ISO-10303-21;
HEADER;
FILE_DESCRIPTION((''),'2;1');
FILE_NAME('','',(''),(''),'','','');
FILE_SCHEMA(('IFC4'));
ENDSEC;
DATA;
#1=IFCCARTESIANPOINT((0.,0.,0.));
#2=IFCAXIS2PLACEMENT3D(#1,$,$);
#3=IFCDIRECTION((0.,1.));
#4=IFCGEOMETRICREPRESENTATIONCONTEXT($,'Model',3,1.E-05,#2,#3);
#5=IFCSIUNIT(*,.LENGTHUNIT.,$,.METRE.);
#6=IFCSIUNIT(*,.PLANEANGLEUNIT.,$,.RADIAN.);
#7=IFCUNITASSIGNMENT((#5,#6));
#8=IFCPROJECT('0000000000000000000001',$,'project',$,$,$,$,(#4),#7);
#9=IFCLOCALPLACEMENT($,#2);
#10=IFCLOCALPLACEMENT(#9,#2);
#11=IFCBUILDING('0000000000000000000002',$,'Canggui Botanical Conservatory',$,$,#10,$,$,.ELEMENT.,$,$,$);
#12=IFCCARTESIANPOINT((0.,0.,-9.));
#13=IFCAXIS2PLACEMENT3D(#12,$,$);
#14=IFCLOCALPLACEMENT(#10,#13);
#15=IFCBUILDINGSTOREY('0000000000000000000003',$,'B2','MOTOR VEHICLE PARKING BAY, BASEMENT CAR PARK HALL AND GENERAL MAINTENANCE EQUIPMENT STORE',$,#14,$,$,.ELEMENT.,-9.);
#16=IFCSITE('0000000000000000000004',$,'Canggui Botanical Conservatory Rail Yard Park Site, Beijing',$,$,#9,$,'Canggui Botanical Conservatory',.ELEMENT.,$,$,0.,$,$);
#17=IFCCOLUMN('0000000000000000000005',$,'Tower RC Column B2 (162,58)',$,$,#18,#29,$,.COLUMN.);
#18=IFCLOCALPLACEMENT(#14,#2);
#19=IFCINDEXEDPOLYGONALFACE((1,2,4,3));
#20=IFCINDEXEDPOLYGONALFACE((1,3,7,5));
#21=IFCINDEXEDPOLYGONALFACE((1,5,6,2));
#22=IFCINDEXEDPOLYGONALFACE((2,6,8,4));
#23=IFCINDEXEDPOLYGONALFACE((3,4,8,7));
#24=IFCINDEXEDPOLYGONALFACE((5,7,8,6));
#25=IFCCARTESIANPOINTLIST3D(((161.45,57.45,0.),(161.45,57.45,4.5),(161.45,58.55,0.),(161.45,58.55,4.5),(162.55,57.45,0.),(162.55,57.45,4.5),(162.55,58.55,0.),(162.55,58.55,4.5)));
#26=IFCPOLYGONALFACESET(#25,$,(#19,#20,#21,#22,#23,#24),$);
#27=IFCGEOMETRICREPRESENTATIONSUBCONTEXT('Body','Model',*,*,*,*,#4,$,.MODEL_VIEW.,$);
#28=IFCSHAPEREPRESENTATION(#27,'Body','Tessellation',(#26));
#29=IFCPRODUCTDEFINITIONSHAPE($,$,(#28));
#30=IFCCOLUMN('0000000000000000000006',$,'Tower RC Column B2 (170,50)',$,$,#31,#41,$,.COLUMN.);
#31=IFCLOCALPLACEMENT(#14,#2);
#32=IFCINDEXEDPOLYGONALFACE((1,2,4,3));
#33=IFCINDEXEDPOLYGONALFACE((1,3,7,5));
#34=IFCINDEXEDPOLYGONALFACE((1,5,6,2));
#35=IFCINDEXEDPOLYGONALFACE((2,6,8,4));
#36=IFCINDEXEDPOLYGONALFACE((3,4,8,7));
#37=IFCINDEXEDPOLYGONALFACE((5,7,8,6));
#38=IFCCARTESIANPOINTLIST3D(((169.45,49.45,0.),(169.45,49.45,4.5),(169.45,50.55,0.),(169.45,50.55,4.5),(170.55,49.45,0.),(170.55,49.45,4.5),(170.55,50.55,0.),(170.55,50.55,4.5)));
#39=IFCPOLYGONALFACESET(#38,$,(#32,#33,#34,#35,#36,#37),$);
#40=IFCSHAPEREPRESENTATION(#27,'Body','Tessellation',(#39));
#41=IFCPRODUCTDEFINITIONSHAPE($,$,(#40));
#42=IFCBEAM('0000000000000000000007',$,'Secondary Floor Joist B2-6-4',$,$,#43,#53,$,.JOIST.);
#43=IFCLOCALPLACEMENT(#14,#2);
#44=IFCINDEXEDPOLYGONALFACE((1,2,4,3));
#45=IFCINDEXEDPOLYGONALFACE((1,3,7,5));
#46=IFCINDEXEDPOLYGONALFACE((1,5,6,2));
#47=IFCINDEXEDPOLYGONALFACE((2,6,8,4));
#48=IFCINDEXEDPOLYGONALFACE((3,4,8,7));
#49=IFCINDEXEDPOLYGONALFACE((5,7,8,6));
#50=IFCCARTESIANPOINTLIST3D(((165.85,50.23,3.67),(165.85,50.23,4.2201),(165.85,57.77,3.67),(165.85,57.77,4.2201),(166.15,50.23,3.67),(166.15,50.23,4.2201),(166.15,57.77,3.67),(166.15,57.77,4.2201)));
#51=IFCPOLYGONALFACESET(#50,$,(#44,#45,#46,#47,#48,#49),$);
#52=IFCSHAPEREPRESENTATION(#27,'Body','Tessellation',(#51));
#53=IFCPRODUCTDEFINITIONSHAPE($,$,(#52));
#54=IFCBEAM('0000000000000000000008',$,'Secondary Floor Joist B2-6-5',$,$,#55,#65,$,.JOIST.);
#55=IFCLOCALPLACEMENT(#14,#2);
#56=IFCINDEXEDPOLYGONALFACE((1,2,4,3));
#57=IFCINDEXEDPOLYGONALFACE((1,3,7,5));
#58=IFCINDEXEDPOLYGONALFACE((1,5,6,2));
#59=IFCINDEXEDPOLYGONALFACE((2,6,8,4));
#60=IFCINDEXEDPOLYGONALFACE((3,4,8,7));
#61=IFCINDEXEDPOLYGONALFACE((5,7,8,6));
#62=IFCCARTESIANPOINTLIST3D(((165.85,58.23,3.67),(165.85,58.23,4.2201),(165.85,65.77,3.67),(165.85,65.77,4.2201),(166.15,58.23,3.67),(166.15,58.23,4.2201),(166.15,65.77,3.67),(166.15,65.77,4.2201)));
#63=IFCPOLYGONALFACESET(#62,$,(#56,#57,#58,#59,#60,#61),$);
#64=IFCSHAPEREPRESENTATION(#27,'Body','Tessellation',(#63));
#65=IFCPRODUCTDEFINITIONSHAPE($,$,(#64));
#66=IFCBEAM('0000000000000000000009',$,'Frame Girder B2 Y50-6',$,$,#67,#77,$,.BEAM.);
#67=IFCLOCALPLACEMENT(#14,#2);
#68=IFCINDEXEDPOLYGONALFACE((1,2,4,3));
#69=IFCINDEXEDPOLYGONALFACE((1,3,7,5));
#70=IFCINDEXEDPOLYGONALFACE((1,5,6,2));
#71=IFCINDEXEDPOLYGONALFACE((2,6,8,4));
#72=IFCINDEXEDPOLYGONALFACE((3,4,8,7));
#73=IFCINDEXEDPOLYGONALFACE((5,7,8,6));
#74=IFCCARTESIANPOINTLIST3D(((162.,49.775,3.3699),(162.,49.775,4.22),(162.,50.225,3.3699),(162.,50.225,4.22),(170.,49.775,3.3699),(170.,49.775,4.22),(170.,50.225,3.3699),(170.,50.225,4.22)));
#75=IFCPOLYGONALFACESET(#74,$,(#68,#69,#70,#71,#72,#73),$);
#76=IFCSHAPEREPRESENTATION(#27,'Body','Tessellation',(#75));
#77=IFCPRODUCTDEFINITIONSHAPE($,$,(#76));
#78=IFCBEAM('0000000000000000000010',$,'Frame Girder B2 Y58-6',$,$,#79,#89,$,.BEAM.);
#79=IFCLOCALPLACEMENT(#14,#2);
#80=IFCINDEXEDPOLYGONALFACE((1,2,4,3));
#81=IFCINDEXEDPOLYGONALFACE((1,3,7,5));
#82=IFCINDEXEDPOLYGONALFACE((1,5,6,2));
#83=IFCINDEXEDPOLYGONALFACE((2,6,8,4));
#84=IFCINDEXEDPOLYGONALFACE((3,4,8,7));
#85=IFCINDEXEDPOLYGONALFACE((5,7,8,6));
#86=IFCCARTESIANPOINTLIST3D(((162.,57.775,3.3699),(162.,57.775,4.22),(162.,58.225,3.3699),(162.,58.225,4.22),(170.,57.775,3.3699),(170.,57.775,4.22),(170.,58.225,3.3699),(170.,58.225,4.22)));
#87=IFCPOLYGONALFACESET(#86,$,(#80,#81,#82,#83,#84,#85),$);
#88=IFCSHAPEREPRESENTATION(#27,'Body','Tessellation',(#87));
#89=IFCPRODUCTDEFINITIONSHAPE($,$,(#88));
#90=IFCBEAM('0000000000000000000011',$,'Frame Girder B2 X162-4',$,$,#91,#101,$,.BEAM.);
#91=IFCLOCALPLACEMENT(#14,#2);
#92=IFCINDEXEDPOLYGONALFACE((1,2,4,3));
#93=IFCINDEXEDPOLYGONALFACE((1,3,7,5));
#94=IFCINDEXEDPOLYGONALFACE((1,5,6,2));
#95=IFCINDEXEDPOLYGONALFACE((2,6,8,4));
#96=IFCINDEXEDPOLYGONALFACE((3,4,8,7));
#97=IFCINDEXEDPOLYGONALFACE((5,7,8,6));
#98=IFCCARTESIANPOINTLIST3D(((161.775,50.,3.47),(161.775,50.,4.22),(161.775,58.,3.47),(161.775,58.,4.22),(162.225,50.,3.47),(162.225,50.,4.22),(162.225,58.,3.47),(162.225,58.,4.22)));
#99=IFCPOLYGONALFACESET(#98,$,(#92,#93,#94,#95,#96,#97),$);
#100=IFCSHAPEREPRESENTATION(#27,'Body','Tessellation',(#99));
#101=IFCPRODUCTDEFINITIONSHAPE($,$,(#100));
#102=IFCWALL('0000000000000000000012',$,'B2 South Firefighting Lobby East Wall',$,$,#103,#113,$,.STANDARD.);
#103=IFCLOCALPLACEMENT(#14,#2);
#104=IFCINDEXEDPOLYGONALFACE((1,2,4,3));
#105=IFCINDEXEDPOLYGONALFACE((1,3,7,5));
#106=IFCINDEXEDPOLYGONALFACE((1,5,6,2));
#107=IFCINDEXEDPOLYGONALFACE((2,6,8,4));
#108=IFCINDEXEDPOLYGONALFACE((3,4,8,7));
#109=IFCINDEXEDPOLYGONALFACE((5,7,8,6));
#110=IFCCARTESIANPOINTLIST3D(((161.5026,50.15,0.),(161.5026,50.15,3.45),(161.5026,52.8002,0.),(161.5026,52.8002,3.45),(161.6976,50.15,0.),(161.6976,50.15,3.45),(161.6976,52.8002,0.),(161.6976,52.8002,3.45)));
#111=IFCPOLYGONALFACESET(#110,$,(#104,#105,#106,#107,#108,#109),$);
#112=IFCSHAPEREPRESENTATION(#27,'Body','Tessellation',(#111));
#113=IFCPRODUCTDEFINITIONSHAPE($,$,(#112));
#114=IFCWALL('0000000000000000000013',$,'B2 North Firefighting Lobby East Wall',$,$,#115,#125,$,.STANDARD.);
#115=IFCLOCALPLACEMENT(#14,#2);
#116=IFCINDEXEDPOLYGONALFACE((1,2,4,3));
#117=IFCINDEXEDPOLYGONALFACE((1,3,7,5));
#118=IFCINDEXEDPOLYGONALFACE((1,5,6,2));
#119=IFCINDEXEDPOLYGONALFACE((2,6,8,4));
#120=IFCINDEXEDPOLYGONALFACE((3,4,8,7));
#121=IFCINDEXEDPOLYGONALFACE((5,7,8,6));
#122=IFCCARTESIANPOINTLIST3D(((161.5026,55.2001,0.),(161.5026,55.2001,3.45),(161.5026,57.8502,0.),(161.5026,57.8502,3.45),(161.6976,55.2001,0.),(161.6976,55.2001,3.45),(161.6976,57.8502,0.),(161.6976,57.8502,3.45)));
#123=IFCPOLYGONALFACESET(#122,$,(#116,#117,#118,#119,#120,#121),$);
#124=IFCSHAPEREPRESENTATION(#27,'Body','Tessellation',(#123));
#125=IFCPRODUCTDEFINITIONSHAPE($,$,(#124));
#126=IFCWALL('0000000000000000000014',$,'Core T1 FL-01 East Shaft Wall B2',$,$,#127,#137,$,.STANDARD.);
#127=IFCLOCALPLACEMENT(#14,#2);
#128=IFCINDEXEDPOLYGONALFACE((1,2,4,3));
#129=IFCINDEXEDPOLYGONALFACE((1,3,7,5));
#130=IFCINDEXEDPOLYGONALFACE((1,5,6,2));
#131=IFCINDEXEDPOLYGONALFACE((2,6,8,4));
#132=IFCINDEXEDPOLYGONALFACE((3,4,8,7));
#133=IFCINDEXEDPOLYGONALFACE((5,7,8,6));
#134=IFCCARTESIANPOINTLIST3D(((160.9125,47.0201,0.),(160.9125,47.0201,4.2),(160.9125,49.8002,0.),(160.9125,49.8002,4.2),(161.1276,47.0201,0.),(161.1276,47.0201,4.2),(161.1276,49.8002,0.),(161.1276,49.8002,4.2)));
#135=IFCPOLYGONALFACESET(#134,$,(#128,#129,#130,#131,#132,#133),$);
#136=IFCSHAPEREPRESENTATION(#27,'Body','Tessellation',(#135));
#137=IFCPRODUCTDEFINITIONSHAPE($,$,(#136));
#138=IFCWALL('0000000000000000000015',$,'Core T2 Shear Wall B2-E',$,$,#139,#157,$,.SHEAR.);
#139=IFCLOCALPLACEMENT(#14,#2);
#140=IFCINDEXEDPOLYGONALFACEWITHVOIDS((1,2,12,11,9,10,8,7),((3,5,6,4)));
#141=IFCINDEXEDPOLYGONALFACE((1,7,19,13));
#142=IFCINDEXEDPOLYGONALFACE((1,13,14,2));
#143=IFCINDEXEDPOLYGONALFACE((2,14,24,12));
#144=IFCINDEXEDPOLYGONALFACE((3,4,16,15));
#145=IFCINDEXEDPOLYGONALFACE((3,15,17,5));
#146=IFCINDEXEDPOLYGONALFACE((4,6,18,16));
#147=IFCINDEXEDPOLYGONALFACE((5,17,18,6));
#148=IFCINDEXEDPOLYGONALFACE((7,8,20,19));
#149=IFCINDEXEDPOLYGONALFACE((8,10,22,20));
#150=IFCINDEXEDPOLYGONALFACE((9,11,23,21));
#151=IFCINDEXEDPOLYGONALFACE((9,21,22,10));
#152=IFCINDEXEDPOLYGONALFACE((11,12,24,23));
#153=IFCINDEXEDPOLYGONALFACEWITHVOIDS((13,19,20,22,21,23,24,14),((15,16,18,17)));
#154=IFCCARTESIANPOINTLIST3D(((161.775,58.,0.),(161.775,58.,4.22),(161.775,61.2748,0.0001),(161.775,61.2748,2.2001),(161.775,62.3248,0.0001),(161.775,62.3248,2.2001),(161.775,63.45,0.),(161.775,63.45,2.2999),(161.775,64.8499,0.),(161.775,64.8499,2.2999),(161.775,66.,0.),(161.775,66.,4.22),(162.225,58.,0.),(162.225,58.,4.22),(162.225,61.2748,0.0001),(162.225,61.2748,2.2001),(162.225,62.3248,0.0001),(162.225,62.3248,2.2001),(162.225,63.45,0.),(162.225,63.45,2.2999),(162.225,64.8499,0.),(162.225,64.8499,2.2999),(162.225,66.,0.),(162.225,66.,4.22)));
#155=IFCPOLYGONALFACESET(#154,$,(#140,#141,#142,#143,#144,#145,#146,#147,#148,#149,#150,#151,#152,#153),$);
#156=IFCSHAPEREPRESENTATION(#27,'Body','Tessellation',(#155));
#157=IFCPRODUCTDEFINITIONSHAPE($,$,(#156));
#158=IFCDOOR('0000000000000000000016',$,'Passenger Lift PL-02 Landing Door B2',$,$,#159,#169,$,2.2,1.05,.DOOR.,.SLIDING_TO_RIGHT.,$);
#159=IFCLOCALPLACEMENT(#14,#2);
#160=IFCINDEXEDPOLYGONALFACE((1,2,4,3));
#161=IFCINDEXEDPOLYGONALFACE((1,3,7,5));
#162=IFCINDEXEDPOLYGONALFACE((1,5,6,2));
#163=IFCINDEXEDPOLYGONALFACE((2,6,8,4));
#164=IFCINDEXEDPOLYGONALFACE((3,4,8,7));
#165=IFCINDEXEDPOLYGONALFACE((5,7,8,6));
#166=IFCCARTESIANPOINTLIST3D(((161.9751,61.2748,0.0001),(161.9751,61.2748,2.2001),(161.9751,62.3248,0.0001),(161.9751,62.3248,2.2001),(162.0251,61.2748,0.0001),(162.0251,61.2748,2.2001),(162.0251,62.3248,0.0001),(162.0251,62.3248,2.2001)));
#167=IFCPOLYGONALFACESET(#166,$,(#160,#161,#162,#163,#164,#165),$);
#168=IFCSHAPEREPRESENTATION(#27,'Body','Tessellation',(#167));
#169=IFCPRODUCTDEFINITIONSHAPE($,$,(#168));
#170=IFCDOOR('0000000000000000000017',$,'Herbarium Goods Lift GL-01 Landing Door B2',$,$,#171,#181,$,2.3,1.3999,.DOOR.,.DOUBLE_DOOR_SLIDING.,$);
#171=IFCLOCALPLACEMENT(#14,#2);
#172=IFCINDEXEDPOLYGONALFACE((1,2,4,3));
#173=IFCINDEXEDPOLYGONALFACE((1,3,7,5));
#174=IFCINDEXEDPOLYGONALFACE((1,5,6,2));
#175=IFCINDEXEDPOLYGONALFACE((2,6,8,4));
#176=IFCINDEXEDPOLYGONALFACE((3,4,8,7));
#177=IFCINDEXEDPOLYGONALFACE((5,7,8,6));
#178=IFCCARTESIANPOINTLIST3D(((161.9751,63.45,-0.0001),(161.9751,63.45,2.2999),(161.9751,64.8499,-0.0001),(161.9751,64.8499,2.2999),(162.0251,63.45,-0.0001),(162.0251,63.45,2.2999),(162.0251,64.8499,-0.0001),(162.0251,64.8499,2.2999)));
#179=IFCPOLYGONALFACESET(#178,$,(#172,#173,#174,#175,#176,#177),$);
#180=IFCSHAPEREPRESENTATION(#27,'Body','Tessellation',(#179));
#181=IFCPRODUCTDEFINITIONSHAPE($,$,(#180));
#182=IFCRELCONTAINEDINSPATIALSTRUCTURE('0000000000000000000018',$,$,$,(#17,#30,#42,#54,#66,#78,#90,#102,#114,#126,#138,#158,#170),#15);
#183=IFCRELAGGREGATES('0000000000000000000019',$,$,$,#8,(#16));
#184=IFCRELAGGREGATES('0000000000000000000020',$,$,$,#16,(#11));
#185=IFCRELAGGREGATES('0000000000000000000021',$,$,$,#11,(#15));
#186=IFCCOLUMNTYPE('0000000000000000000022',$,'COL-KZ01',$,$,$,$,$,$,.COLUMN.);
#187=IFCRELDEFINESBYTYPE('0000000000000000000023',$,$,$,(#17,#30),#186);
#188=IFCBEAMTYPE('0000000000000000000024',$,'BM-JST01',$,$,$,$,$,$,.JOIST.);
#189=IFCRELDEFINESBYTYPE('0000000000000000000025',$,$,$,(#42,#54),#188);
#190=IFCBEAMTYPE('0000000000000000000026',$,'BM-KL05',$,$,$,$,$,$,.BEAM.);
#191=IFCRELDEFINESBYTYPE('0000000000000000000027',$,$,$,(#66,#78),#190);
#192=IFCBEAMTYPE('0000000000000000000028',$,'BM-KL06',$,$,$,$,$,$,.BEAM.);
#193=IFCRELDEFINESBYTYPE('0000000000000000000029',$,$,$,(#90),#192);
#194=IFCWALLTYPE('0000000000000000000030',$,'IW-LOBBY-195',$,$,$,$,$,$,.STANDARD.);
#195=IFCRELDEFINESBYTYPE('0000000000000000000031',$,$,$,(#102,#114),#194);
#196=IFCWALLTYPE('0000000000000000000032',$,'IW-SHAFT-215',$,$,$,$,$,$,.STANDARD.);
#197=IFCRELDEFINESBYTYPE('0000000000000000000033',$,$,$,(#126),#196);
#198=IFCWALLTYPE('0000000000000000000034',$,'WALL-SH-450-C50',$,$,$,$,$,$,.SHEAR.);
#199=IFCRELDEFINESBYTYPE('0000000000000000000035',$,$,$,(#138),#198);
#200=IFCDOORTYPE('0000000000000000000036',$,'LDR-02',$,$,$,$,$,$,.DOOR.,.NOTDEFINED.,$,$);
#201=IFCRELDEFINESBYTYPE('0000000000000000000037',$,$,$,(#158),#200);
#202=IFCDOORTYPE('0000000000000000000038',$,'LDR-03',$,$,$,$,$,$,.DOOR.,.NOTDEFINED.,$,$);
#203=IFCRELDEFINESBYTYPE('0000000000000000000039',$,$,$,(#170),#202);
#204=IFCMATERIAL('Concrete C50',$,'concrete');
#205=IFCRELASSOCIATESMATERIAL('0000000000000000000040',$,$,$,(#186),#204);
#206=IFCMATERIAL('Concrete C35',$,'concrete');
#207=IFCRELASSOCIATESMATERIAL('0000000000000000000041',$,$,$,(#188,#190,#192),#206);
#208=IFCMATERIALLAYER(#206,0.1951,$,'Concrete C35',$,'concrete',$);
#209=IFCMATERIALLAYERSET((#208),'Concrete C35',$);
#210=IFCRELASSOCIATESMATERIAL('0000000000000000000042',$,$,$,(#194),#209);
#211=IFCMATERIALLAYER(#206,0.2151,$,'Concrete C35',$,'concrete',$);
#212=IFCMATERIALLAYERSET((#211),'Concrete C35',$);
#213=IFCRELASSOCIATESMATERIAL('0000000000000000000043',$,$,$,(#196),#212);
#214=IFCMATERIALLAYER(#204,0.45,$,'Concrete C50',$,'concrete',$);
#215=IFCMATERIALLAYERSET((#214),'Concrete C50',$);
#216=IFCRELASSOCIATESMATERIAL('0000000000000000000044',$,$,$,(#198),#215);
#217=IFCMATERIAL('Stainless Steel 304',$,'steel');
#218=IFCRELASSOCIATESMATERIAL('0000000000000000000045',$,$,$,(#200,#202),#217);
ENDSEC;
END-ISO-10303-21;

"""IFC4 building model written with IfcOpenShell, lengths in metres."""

from ifc_helpers import new_model, si_unit, direction, frame, frame_2d, origin, origin_2d, place, context, subcontext, project, spatial, rectangle, extrude, material, layer, layer_set, material_profile, profile_set, type_object, element, fill, save


model = new_model("IFC4")

# Units and contexts
model_context = context("Model", 3, precision=1e-05, world=origin(), true_north=direction((0.0, 1.0)))
body_context = subcontext(model_context, "Body", "Model", "MODEL_VIEW")
ifc_project = project(units=[si_unit("LENGTHUNIT", "METRE"), si_unit("PLANEANGLEUNIT", "RADIAN")], contexts=[model_context])

# Site, building, storey
site_placement = place(None, origin())
site = spatial("IfcSite", under=ifc_project, at=site_placement, Name="Canggui Botanical Conservatory Rail Yard Park Site, Beijing", LongName="Canggui Botanical Conservatory", CompositionType="ELEMENT", RefElevation=0.0)
building_placement = place(site_placement, origin())
building = spatial("IfcBuilding", under=site, at=building_placement, Name="Canggui Botanical Conservatory", CompositionType="ELEMENT")
storey_placement = place(building_placement, frame((0.0, 0.0, -9.0)))
storey = spatial("IfcBuildingStorey", under=building, at=storey_placement, Name="B2", Description="MOTOR VEHICLE PARKING BAY, BASEMENT CAR PARK HALL AND GENERAL MAINTENANCE EQUIPMENT STORE", CompositionType="ELEMENT", Elevation=-9.0)

# Shared definitions
ifc_material_1 = material(Name="Concrete C35", Category="concrete")

# Columns
ifc_material_2 = material(Name="Concrete C50", Category="concrete")
ifc_material_profile_1 = material_profile(ifc_material_2, rectangle(XDim=1.1001, YDim=1.1001, at=origin_2d()), Name="RC 1100x1100")
ifc_profile_set_1 = profile_set([ifc_material_profile_1], Name="Concrete C50")
column_type = type_object("IfcColumnType", Name="COL-KZ01", PredefinedType="COLUMN", material=ifc_profile_set_1)
for number, where, z_axis, x_axis, name in (
    (1, (162.0, 58.0, 0.0), (0.0, 0.0, 1.0), (1.0, 0.0, 0.0), "Tower RC Column B2 (162,58)"),
    (2, (170.0, 50.0, 0.0), (0.0, 0.0, 1.0), (1.0, 0.0, 0.0), "Tower RC Column B2 (170,50)"),
):
    element("IfcColumn", number, at=place(storey_placement, frame(where, z_axis=z_axis, x_axis=x_axis)), inside=storey, type_object=column_type, Name=name, PredefinedType="COLUMN", context=body_context, shape_type="SweptSolid", body=[
        extrude(rectangle(XDim=1.1001, YDim=1.1001, at=origin_2d()), origin(), (0.0, 0.0, 1.0), 4.5),
    ])

# Beams
ifc_material_profile_2 = material_profile(ifc_material_1, rectangle(XDim=0.3, YDim=0.55, at=origin_2d()), Name="RB 300x550")
ifc_profile_set_2 = profile_set([ifc_material_profile_2], Name="Concrete C35")
beam_type_1 = type_object("IfcBeamType", Name="BM-JST01", PredefinedType="JOIST", material=ifc_profile_set_2)
for number, where, z_axis, x_axis, name in (
    (3, (166.0, 50.23, 3.9451), (0.0, 1.0, 0.0), (-1.0, 0.0, 0.0), "Secondary Floor Joist B2-6-4"),
    (4, (166.0, 58.23, 3.9451), (0.0, 1.0, 0.0), (-1.0, 0.0, 0.0), "Secondary Floor Joist B2-6-5"),
):
    element("IfcBeam", number, at=place(storey_placement, frame(where, z_axis=z_axis, x_axis=x_axis)), inside=storey, type_object=beam_type_1, Name=name, PredefinedType="JOIST", context=body_context, shape_type="SweptSolid", body=[
        extrude(rectangle(XDim=0.3, YDim=0.55, at=origin_2d()), origin(), (0.0, 0.0, 1.0), 7.54),
    ])
ifc_material_profile_3 = material_profile(ifc_material_1, rectangle(XDim=0.45, YDim=0.8501, at=origin_2d()), Name="RB 450x850")
ifc_profile_set_3 = profile_set([ifc_material_profile_3], Name="Concrete C35")
beam_type_2 = type_object("IfcBeamType", Name="BM-KL05", PredefinedType="BEAM", material=ifc_profile_set_3)
for number, where, z_axis, x_axis, name in (
    (5, (162.0, 50.0, 3.7949), (1.0, 0.0, 0.0), (0.0, 1.0, 0.0), "Frame Girder B2 Y50-6"),
    (6, (162.0, 58.0, 3.7949), (1.0, 0.0, 0.0), (0.0, 1.0, 0.0), "Frame Girder B2 Y58-6"),
):
    element("IfcBeam", number, at=place(storey_placement, frame(where, z_axis=z_axis, x_axis=x_axis)), inside=storey, type_object=beam_type_2, Name=name, PredefinedType="BEAM", context=body_context, shape_type="SweptSolid", body=[
        extrude(rectangle(XDim=0.45, YDim=0.8501, at=origin_2d()), origin(), (0.0, 0.0, 1.0), 8.0),
    ])
ifc_material_profile_4 = material_profile(ifc_material_1, rectangle(XDim=0.45, YDim=0.75, at=origin_2d()), Name="RB 450x750")
ifc_profile_set_4 = profile_set([ifc_material_profile_4], Name="Concrete C35")
beam_type_3 = type_object("IfcBeamType", Name="BM-KL06", PredefinedType="BEAM", material=ifc_profile_set_4)
beam_placement = place(storey_placement, frame((162.0, 50.0, 3.845), z_axis=(0.0, 1.0, 0.0), x_axis=(-1.0, 0.0, 0.0)))
element("IfcBeam", 7, at=beam_placement, inside=storey, type_object=beam_type_3, Name="Frame Girder B2 X162-4", PredefinedType="BEAM", context=body_context, shape_type="SweptSolid", body=[
    extrude(rectangle(XDim=0.45, YDim=0.75, at=origin_2d()), origin(), (0.0, 0.0, 1.0), 8.0),
])

# Walls
ifc_layer_1 = layer(ifc_material_1, 0.1951, Name="Concrete C35", Category="concrete")
ifc_layer_set_1 = layer_set([ifc_layer_1], Name="Concrete C35")
wall_type_1 = type_object("IfcWallType", Name="IW-LOBBY-195", PredefinedType="STANDARD", material=ifc_layer_set_1)
for number, where, z_axis, x_axis, name in (
    (8, (161.6001, 50.1499, 0.0), (0.0, 0.0, 1.0), (0.0, 1.0, 0.0), "B2 South Firefighting Lobby East Wall"),
    (9, (161.6001, 55.2, 0.0), (0.0, 0.0, 1.0), (0.0, 1.0, 0.0), "B2 North Firefighting Lobby East Wall"),
):
    element("IfcWall", number, at=place(storey_placement, frame(where, z_axis=z_axis, x_axis=x_axis)), inside=storey, type_object=wall_type_1, Name=name, PredefinedType="STANDARD", context=body_context, shape_type="SweptSolid", body=[
        extrude(rectangle(XDim=2.6501, YDim=0.1951, at=frame_2d((1.3252, 0.0))), origin(), (0.0, 0.0, 1.0), 3.45),
    ])
ifc_layer_2 = layer(ifc_material_1, 0.2151, Name="Concrete C35", Category="concrete")
ifc_layer_set_2 = layer_set([ifc_layer_2], Name="Concrete C35")
wall_type_2 = type_object("IfcWallType", Name="IW-SHAFT-215", PredefinedType="STANDARD", material=ifc_layer_set_2)
wall_1_placement = place(storey_placement, frame((161.02, 47.02, 0.0), z_axis=(0.0, 0.0, 1.0), x_axis=(0.0, 1.0, 0.0)))
element("IfcWall", 10, at=wall_1_placement, inside=storey, type_object=wall_type_2, Name="Core T1 FL-01 East Shaft Wall B2", PredefinedType="STANDARD", context=body_context, shape_type="SweptSolid", body=[
    extrude(rectangle(XDim=2.78, YDim=0.2151, at=frame_2d((1.3901, 0.0))), origin(), (0.0, 0.0, 1.0), 4.2),
])

# Wall, openings, doors
ifc_layer_3 = layer(ifc_material_2, 0.45, Name="Concrete C50", Category="concrete")
ifc_layer_set_3 = layer_set([ifc_layer_3], Name="Concrete C50")
wall_type_3 = type_object("IfcWallType", Name="WALL-SH-450-C50", PredefinedType="SHEAR", material=ifc_layer_set_3)
ifc_material_3 = material(Name="Stainless Steel 304", Category="steel")
wall_2_placement = place(storey_placement, frame((162.0, 58.0, 0.0), z_axis=(0.0, 0.0, 1.0), x_axis=(0.0, 1.0, 0.0)))
wall_2 = element("IfcWall", 11, at=wall_2_placement, inside=storey, type_object=wall_type_3, Name="Core T2 Shear Wall B2-E", PredefinedType="SHEAR", context=body_context, shape_type="SweptSolid", body=[
    extrude(rectangle(XDim=8.0, YDim=0.45, at=frame_2d((4.0, 0.0))), origin(), (0.0, 0.0, 1.0), 4.22),
])
opening_1_placement = place(wall_2_placement, frame((3.2749, 0.0, 0.0)))
opening_1 = element("IfcOpeningElement", 12, at=opening_1_placement, cuts=wall_2, PredefinedType="OPENING", context=body_context, shape_type="SweptSolid", body=[
    extrude(rectangle(XDim=1.05, YDim=2.2, at=frame_2d((0.5249, 1.1001))), frame((0.0, 0.2349, 0.0), z_axis=(0.0, -1.0, 0.0), x_axis=(1.0, 0.0, 0.0)), (0.0, 0.0, 1.0), 0.47),
])
opening_2_placement = place(wall_2_placement, frame((5.45, 0.0, 0.0)))
opening_2 = element("IfcOpeningElement", 13, at=opening_2_placement, cuts=wall_2, PredefinedType="OPENING", context=body_context, shape_type="SweptSolid", body=[
    extrude(rectangle(XDim=1.3999, YDim=2.3, at=frame_2d((0.7, 1.1499))), frame((0.0, 0.2349, 0.0), z_axis=(0.0, -1.0, 0.0), x_axis=(1.0, 0.0, 0.0)), (0.0, 0.0, 1.0), 0.47),
])
door_type_1 = type_object("IfcDoorType", Name="LDR-02", OperationType="NOTDEFINED", PredefinedType="DOOR", material=ifc_material_3)
door_1_placement = place(opening_1_placement, origin())
door_1 = element("IfcDoor", 14, at=door_1_placement, inside=storey, type_object=door_type_1, Name="Passenger Lift PL-02 Landing Door B2", OperationType="SLIDING_TO_RIGHT", OverallHeight=2.2, OverallWidth=1.05, PredefinedType="DOOR", context=body_context, shape_type="SweptSolid", body=[
    extrude(rectangle(XDim=1.05, YDim=2.2, at=frame_2d((0.5249, 1.1001))), frame((0.0, 0.0249, 0.0), z_axis=(0.0, -1.0, 0.0), x_axis=(1.0, 0.0, 0.0)), (0.0, 0.0, 1.0), 0.05),
])
fill(opening_1, door_1)
door_type_2 = type_object("IfcDoorType", Name="LDR-03", OperationType="NOTDEFINED", PredefinedType="DOOR", material=ifc_material_3)
door_2_placement = place(opening_2_placement, origin())
door_2 = element("IfcDoor", 15, at=door_2_placement, inside=storey, type_object=door_type_2, Name="Herbarium Goods Lift GL-01 Landing Door B2", OperationType="DOUBLE_DOOR_SLIDING", OverallHeight=2.3, OverallWidth=1.3999, PredefinedType="DOOR", context=body_context, shape_type="SweptSolid", body=[
    extrude(rectangle(XDim=1.3999, YDim=2.3, at=frame_2d((0.7, 1.1499))), frame((0.0, 0.0249, 0.0), z_axis=(0.0, -1.0, 0.0), x_axis=(1.0, 0.0, 0.0)), (0.0, 0.0, 1.0), 0.05),
])
fill(opening_2, door_2)

save(model, "model.ifc")
